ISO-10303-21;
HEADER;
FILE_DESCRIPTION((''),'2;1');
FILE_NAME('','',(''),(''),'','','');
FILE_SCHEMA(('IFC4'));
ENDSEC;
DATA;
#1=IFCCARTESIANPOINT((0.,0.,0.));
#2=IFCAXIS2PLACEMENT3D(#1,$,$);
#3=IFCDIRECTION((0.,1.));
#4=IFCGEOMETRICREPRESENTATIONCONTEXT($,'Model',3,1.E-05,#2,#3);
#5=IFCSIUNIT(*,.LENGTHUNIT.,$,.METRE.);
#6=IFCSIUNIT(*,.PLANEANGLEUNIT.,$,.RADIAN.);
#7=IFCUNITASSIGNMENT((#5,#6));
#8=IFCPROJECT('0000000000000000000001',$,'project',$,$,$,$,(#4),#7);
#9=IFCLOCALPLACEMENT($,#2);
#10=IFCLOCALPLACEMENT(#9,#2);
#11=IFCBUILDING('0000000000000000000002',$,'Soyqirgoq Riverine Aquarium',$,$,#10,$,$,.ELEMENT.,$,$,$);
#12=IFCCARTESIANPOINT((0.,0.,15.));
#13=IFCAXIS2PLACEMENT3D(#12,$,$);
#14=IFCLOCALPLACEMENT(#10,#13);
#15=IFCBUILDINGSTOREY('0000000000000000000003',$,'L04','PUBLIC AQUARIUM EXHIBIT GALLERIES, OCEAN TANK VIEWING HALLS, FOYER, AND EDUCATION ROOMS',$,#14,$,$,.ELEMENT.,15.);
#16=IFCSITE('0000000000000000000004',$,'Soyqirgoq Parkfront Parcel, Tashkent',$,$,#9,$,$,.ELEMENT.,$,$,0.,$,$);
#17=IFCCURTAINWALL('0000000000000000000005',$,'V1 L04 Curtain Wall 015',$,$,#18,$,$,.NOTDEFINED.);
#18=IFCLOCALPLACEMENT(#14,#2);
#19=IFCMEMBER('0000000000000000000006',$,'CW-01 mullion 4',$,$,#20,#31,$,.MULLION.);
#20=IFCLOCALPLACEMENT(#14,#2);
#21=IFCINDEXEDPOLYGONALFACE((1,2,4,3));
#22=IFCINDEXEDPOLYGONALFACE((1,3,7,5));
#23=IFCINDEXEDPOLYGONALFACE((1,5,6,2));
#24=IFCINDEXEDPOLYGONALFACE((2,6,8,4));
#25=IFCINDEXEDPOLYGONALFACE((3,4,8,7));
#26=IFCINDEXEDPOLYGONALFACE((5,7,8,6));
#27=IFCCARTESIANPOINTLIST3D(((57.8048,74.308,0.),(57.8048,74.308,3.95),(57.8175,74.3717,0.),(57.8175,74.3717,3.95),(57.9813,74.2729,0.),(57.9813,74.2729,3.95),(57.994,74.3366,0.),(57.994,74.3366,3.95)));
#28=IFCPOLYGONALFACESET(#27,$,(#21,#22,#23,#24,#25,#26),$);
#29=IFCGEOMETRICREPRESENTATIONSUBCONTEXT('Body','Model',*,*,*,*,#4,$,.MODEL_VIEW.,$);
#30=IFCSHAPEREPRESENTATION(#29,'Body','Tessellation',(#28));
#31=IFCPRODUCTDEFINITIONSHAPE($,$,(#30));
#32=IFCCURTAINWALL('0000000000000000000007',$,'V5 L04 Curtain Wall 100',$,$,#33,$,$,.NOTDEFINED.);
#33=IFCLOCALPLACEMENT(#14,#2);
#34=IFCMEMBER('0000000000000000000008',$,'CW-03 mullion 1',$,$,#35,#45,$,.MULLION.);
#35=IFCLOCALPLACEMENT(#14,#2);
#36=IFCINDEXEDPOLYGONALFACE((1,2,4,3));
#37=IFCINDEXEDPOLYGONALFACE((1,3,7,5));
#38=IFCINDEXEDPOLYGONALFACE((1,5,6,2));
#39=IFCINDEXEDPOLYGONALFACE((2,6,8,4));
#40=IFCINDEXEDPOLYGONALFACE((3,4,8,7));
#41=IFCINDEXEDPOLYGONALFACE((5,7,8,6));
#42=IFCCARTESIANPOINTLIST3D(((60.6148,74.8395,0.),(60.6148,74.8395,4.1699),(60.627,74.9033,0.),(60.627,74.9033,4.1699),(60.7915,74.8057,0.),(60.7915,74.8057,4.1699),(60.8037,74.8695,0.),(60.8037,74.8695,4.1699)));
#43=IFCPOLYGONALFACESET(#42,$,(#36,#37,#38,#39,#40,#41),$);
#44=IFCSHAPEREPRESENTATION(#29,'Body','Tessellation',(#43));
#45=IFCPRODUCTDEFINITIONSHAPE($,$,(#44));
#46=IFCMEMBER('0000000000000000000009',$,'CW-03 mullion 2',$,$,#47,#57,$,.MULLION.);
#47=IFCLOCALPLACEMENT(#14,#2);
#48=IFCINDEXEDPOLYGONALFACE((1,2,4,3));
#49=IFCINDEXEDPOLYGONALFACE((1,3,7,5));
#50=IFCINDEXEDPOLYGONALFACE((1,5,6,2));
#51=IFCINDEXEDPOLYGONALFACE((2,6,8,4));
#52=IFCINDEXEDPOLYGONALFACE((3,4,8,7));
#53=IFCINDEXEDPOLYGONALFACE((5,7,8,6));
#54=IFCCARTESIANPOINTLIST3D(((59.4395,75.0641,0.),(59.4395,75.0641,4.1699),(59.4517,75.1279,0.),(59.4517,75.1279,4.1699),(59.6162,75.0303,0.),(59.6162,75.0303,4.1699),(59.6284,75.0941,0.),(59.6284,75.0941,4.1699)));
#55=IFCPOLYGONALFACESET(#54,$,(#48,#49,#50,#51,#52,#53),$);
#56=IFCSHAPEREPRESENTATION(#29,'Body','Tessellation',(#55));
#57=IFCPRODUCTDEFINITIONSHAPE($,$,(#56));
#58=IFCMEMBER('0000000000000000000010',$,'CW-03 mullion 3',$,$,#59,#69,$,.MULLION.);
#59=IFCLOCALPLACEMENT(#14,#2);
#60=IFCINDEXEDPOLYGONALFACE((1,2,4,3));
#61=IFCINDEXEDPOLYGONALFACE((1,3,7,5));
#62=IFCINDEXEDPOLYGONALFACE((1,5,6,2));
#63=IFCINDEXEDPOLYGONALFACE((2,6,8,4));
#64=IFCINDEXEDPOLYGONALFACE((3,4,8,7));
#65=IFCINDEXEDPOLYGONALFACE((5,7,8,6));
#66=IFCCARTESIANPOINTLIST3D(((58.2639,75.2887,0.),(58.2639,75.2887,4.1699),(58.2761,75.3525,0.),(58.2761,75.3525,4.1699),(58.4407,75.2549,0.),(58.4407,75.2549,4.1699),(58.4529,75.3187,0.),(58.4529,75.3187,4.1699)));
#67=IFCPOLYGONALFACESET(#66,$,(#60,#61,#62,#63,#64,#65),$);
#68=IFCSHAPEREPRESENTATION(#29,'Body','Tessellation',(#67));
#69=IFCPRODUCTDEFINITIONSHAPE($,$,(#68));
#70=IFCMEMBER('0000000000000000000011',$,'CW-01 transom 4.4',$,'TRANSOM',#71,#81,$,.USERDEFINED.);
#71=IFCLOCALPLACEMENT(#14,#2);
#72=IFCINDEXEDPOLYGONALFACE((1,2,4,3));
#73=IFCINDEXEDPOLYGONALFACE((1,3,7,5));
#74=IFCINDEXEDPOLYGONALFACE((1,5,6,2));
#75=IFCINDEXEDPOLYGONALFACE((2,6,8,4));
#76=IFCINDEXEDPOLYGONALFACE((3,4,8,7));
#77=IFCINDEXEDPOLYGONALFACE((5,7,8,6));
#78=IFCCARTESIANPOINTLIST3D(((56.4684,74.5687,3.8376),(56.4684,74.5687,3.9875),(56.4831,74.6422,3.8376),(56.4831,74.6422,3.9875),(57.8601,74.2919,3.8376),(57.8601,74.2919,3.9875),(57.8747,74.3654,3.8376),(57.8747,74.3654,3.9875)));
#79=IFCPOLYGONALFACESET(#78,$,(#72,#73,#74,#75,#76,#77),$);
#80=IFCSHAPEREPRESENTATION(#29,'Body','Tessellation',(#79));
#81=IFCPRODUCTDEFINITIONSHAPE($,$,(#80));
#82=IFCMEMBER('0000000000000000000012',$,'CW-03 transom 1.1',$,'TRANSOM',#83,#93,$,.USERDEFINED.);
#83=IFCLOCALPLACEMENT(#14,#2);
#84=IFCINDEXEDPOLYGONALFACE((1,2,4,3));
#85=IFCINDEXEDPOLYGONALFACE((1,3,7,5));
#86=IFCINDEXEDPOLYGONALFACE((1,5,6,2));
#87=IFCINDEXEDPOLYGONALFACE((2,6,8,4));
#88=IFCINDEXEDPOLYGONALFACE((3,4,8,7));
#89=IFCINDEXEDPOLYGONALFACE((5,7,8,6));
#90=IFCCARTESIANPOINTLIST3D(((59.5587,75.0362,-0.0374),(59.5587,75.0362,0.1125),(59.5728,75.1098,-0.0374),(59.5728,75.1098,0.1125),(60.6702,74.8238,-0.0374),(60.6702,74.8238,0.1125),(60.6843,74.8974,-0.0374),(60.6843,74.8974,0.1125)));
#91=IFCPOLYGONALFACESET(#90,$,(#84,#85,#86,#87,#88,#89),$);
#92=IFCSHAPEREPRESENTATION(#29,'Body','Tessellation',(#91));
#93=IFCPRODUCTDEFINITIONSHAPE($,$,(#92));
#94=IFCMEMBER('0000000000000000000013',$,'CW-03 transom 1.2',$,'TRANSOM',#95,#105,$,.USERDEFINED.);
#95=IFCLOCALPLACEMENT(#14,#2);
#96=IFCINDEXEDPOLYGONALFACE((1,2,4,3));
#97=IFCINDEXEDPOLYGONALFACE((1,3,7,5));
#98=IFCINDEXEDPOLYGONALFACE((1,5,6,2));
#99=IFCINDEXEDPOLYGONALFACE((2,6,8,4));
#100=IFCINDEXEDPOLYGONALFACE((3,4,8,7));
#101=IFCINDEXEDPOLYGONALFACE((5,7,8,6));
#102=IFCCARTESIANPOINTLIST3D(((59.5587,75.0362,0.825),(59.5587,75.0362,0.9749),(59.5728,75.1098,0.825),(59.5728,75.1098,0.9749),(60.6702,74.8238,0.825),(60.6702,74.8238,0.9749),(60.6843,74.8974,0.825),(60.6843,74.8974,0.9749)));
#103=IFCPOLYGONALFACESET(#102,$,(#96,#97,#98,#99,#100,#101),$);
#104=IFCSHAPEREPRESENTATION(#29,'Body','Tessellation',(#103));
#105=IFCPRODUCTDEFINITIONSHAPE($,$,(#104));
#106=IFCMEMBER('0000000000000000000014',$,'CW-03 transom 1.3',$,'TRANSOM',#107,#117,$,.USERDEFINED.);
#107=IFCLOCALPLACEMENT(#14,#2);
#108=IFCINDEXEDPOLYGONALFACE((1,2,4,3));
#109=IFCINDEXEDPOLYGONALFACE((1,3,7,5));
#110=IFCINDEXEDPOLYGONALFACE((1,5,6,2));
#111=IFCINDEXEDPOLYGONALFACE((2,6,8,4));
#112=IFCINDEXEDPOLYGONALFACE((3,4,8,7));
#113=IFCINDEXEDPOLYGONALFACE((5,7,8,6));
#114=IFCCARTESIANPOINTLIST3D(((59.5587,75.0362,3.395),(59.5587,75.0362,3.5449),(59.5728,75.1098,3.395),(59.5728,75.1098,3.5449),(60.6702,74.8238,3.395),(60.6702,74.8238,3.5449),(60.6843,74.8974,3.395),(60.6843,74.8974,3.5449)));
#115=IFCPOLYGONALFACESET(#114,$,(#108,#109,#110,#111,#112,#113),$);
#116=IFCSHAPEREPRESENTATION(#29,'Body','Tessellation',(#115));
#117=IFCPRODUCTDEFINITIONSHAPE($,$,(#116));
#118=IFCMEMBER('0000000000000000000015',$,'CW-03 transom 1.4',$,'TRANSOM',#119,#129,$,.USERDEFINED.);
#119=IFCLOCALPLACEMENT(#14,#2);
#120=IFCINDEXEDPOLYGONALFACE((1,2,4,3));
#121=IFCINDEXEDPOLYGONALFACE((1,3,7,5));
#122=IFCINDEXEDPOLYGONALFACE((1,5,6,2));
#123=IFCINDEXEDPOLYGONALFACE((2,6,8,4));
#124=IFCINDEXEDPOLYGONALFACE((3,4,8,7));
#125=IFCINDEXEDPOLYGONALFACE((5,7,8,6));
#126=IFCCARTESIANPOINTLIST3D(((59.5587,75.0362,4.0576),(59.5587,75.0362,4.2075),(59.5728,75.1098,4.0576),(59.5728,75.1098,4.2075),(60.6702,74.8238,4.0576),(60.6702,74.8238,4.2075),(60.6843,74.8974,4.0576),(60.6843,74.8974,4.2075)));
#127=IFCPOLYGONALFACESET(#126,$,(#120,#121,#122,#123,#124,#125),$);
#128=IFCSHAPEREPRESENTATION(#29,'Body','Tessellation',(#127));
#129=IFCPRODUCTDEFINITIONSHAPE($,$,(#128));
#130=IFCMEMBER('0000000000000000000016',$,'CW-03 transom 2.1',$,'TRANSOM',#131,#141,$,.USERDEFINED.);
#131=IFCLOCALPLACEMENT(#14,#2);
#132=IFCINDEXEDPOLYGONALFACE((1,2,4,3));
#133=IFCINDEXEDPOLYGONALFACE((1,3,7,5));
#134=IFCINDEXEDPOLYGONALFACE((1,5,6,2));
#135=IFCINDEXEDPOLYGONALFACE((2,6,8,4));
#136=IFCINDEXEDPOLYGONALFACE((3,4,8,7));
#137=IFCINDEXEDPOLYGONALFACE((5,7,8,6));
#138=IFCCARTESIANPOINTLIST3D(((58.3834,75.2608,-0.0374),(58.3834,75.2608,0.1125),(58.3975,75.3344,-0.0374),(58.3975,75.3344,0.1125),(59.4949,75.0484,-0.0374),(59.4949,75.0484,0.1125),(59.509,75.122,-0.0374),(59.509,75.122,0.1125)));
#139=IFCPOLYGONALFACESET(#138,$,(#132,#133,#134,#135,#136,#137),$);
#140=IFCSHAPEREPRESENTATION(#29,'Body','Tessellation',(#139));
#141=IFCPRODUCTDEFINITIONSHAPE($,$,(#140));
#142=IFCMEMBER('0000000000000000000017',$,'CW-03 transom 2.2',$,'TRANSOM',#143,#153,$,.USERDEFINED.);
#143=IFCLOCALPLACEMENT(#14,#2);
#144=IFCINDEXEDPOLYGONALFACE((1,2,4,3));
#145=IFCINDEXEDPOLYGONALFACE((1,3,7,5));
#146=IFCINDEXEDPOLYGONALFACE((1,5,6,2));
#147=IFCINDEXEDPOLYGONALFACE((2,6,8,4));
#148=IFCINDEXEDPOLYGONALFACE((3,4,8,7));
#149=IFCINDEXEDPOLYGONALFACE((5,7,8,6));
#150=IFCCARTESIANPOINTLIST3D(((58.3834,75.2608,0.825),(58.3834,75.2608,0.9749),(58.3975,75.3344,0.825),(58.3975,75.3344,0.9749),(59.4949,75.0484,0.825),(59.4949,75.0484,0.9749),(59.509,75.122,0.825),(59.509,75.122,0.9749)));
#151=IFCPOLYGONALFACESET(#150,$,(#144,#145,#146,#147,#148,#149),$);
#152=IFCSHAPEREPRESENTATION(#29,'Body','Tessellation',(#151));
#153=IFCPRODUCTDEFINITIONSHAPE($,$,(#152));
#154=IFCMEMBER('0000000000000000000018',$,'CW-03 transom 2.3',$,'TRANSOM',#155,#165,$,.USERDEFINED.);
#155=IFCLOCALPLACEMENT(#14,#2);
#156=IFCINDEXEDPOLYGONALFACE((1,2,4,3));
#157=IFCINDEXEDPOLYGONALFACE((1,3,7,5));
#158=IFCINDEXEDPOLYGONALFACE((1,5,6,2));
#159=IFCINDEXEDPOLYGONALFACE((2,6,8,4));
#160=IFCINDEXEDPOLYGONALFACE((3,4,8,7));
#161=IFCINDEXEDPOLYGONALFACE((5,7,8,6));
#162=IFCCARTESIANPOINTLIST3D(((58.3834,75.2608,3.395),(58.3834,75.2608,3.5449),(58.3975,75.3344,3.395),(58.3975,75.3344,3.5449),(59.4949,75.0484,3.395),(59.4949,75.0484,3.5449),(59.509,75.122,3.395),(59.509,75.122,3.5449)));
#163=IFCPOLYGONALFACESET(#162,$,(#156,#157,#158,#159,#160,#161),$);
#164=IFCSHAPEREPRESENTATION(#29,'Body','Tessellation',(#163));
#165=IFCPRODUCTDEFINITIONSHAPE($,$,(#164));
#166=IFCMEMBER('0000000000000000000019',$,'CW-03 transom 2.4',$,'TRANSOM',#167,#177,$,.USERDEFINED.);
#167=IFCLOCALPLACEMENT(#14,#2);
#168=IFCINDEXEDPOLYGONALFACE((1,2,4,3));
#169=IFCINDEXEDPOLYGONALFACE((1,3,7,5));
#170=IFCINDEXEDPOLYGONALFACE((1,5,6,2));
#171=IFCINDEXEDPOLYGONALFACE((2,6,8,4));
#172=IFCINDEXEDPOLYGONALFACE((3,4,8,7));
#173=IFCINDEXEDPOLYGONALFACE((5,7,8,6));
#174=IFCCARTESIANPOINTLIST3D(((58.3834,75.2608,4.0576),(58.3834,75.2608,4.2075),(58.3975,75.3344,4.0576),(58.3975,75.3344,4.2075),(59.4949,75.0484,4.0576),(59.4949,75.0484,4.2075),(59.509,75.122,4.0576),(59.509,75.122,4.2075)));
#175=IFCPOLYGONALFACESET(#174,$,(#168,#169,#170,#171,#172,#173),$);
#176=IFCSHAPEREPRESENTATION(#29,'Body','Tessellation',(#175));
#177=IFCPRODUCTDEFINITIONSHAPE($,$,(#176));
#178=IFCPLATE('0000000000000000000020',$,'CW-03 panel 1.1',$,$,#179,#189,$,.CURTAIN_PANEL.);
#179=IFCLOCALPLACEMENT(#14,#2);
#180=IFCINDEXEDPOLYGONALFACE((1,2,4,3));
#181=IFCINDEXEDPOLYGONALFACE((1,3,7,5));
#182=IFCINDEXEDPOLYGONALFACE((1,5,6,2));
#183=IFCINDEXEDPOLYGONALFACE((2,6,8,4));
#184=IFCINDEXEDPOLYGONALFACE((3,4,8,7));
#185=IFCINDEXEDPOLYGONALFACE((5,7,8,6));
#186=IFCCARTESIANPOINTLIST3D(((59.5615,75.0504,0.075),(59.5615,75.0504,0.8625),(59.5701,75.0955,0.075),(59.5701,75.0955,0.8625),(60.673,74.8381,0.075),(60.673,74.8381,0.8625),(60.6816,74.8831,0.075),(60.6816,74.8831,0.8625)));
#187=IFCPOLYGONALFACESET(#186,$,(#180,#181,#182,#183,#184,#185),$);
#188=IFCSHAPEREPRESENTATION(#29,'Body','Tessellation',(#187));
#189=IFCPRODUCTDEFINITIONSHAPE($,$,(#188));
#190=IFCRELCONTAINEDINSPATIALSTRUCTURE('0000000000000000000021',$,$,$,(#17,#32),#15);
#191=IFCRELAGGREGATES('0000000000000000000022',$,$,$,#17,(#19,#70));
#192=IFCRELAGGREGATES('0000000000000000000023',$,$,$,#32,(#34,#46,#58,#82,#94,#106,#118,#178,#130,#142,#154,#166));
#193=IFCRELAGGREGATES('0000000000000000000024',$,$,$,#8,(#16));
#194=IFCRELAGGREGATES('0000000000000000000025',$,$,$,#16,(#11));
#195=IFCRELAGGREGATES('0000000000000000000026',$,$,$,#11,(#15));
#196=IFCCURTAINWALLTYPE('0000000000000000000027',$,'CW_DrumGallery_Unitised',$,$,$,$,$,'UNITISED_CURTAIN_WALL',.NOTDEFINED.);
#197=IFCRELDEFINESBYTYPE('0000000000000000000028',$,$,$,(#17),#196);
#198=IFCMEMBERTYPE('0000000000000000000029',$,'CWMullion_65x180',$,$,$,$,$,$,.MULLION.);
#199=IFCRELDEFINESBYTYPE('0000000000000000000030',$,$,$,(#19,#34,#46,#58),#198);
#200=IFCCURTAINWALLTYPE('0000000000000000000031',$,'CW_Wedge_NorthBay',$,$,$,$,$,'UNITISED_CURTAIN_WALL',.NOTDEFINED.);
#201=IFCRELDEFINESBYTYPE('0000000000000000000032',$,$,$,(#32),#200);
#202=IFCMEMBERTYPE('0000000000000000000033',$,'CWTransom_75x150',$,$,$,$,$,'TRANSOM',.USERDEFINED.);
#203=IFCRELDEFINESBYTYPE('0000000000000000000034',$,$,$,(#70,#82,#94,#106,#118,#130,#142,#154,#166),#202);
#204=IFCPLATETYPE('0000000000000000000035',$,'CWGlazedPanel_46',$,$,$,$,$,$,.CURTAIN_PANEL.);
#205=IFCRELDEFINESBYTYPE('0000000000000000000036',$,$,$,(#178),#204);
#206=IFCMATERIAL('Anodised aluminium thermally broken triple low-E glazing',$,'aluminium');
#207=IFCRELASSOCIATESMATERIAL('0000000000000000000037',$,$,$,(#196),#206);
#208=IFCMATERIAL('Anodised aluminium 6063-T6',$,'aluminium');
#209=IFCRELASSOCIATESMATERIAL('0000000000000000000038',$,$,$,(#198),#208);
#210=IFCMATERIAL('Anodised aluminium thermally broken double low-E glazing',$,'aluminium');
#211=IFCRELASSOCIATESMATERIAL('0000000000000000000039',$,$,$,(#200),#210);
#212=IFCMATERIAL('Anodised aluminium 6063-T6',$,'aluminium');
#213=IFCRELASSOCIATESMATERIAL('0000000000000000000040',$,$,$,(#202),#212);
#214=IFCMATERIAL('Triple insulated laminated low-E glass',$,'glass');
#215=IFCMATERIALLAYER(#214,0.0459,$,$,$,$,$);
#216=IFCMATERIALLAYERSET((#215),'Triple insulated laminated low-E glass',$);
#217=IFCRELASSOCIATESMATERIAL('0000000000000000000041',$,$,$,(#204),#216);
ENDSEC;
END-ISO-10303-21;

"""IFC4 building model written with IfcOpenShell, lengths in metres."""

from ifc_helpers import new_model, si_unit, direction, frame, origin, origin_2d, place, context, subcontext, project, spatial, rectangle, extrude, material, layer, layer_set, material_profile, profile_set, type_object, element, aggregate, save


model = new_model("IFC4")

# Units and contexts
model_context = context("Model", 3, precision=1e-05, world=origin(), true_north=direction((0.0, 1.0)))
body_context = subcontext(model_context, "Body", "Model", "MODEL_VIEW")
ifc_project = project(units=[si_unit("LENGTHUNIT", "METRE"), si_unit("PLANEANGLEUNIT", "RADIAN")], contexts=[model_context])

# Site, building, storey
site_placement = place(None, origin())
site = spatial("IfcSite", under=ifc_project, at=site_placement, Name="Soyqirgoq Parkfront Parcel, Tashkent", CompositionType="ELEMENT", RefElevation=0.0)
building_placement = place(site_placement, origin())
building = spatial("IfcBuilding", under=site, at=building_placement, Name="Soyqirgoq Riverine Aquarium", CompositionType="ELEMENT")
storey_placement = place(building_placement, frame((0.0, 0.0, 15.0)))
storey = spatial("IfcBuildingStorey", under=building, at=storey_placement, Name="L04", Description="PUBLIC AQUARIUM EXHIBIT GALLERIES, OCEAN TANK VIEWING HALLS, FOYER, AND EDUCATION ROOMS", CompositionType="ELEMENT", Elevation=15.0)

# Curtain wall, member
ifc_material_1 = material(Name="Anodised aluminium thermally broken triple low-E glazing", Category="aluminium")
curtain_wall_type_1 = type_object("IfcCurtainWallType", Name="CW_DrumGallery_Unitised", ElementType="UNITISED_CURTAIN_WALL", PredefinedType="NOTDEFINED", material=ifc_material_1)
curtain_wall_1_placement = place(storey_placement, origin())
curtain_wall_1 = element("IfcCurtainWall", 1, at=curtain_wall_1_placement, inside=storey, type_object=curtain_wall_type_1, Name="V1 L04 Curtain Wall 015", PredefinedType="NOTDEFINED")
ifc_material_2 = material(Name="Anodised aluminium 6063-T6", Category="aluminium")
ifc_material_profile_1 = material_profile(ifc_material_2, rectangle(XDim=0.0649, YDim=0.1799, at=origin_2d()), Name="ALU-M 65x180")
ifc_profile_set_1 = profile_set([ifc_material_profile_1], Name="Anodised aluminium 6063-T6")
member_type_1 = type_object("IfcMemberType", Name="CWMullion_65x180", PredefinedType="MULLION", material=ifc_profile_set_1)
member_1_placement = place(storey_placement, frame((57.8994, 74.3223, 0.0), z_axis=(0.0, 0.0, 1.0), x_axis=(-0.195102, -0.980783, 0.0)))
member_1 = element("IfcMember", 2, at=member_1_placement, type_object=member_type_1, Name="CW-01 mullion 4", PredefinedType="MULLION", context=body_context, shape_type="SweptSolid", body=[
    extrude(rectangle(XDim=0.0649, YDim=0.1799, at=origin_2d()), origin(), (0.0, 0.0, 1.0), 3.95),
])

# Curtain wall, members
ifc_material_3 = material(Name="Anodised aluminium thermally broken double low-E glazing", Category="aluminium")
curtain_wall_type_2 = type_object("IfcCurtainWallType", Name="CW_Wedge_NorthBay", ElementType="UNITISED_CURTAIN_WALL", PredefinedType="NOTDEFINED", material=ifc_material_3)
curtain_wall_2_placement = place(storey_placement, origin())
curtain_wall_2 = element("IfcCurtainWall", 3, at=curtain_wall_2_placement, inside=storey, type_object=curtain_wall_type_2, Name="V5 L04 Curtain Wall 100", PredefinedType="NOTDEFINED")
member_2_placement = place(storey_placement, frame((60.7092, 74.8545, 0.0), z_axis=(0.0, 0.0, 1.0), x_axis=(-0.187684, -0.982229, 0.0)))
member_2 = element("IfcMember", 4, at=member_2_placement, type_object=member_type_1, Name="CW-03 mullion 1", PredefinedType="MULLION", context=body_context, shape_type="SweptSolid", body=[
    extrude(rectangle(XDim=0.0649, YDim=0.1799, at=origin_2d()), origin(), (0.0, 0.0, 1.0), 4.1699),
])
member_3_placement = place(storey_placement, frame((59.5339, 75.0791, 0.0), z_axis=(0.0, 0.0, 1.0), x_axis=(-0.187684, -0.982229, 0.0)))
member_3 = element("IfcMember", 5, at=member_3_placement, type_object=member_type_1, Name="CW-03 mullion 2", PredefinedType="MULLION", context=body_context, shape_type="SweptSolid", body=[
    extrude(rectangle(XDim=0.0649, YDim=0.1799, at=origin_2d()), origin(), (0.0, 0.0, 1.0), 4.1699),
])
member_4_placement = place(storey_placement, frame((58.3584, 75.3037, 0.0), z_axis=(0.0, 0.0, 1.0), x_axis=(-0.187684, -0.982229, 0.0)))
member_4 = element("IfcMember", 6, at=member_4_placement, type_object=member_type_1, Name="CW-03 mullion 3", PredefinedType="MULLION", context=body_context, shape_type="SweptSolid", body=[
    extrude(rectangle(XDim=0.0649, YDim=0.1799, at=origin_2d()), origin(), (0.0, 0.0, 1.0), 4.1699),
])

# Members
ifc_material_4 = material(Name="Anodised aluminium 6063-T6", Category="aluminium")
ifc_material_profile_2 = material_profile(ifc_material_4, rectangle(XDim=0.075, YDim=0.1499, at=origin_2d()), Name="ALU-T 75x150")
ifc_profile_set_2 = profile_set([ifc_material_profile_2], Name="Anodised aluminium 6063-T6")
member_type_2 = type_object("IfcMemberType", Name="CWTransom_75x150", ElementType="TRANSOM", PredefinedType="USERDEFINED", material=ifc_profile_set_2)
member_5_placement = place(storey_placement, frame((57.8674, 74.3286, 3.9126), z_axis=(-0.980779, 0.195123, 0.0), x_axis=(-0.195123, -0.980779, 0.0)))
member_5 = element("IfcMember", 7, at=member_5_placement, type_object=member_type_2, Name="CW-01 transom 4.4", ObjectType="TRANSOM", PredefinedType="USERDEFINED", context=body_context, shape_type="SweptSolid", body=[
    extrude(rectangle(XDim=0.075, YDim=0.1499, at=origin_2d()), origin(), (0.0, 0.0, 1.0), 1.4189),
])
aggregate(curtain_wall_1, [member_1, member_5])
member_6_placement = place(storey_placement, frame((60.6772, 74.8606, 0.0376), z_axis=(-0.982229, 0.187687, 0.0), x_axis=(-0.187687, -0.982229, 0.0)))
member_6 = element("IfcMember", 8, at=member_6_placement, type_object=member_type_2, Name="CW-03 transom 1.1", ObjectType="TRANSOM", PredefinedType="USERDEFINED", context=body_context, shape_type="SweptSolid", body=[
    extrude(rectangle(XDim=0.075, YDim=0.1499, at=origin_2d()), origin(), (0.0, 0.0, 1.0), 1.1316),
])
member_7_placement = place(storey_placement, frame((60.6772, 74.8606, 0.8999), z_axis=(-0.982229, 0.187687, 0.0), x_axis=(-0.187687, -0.982229, 0.0)))
member_7 = element("IfcMember", 9, at=member_7_placement, type_object=member_type_2, Name="CW-03 transom 1.2", ObjectType="TRANSOM", PredefinedType="USERDEFINED", context=body_context, shape_type="SweptSolid", body=[
    extrude(rectangle(XDim=0.075, YDim=0.1499, at=origin_2d()), origin(), (0.0, 0.0, 1.0), 1.1316),
])
member_8_placement = place(storey_placement, frame((60.6772, 74.8606, 3.47), z_axis=(-0.982229, 0.187687, 0.0), x_axis=(-0.187687, -0.982229, 0.0)))
member_8 = element("IfcMember", 10, at=member_8_placement, type_object=member_type_2, Name="CW-03 transom 1.3", ObjectType="TRANSOM", PredefinedType="USERDEFINED", context=body_context, shape_type="SweptSolid", body=[
    extrude(rectangle(XDim=0.075, YDim=0.1499, at=origin_2d()), origin(), (0.0, 0.0, 1.0), 1.1316),
])
member_9_placement = place(storey_placement, frame((60.6772, 74.8606, 4.1326), z_axis=(-0.982229, 0.187687, 0.0), x_axis=(-0.187687, -0.982229, 0.0)))
member_9 = element("IfcMember", 11, at=member_9_placement, type_object=member_type_2, Name="CW-03 transom 1.4", ObjectType="TRANSOM", PredefinedType="USERDEFINED", context=body_context, shape_type="SweptSolid", body=[
    extrude(rectangle(XDim=0.075, YDim=0.1499, at=origin_2d()), origin(), (0.0, 0.0, 1.0), 1.1316),
])
member_10_placement = place(storey_placement, frame((59.502, 75.0852, 0.0376), z_axis=(-0.982229, 0.187687, 0.0), x_axis=(-0.187687, -0.982229, 0.0)))
member_10 = element("IfcMember", 12, at=member_10_placement, type_object=member_type_2, Name="CW-03 transom 2.1", ObjectType="TRANSOM", PredefinedType="USERDEFINED", context=body_context, shape_type="SweptSolid", body=[
    extrude(rectangle(XDim=0.075, YDim=0.1499, at=origin_2d()), origin(), (0.0, 0.0, 1.0), 1.1316),
])
member_11_placement = place(storey_placement, frame((59.502, 75.0852, 0.8999), z_axis=(-0.982229, 0.187687, 0.0), x_axis=(-0.187687, -0.982229, 0.0)))
member_11 = element("IfcMember", 13, at=member_11_placement, type_object=member_type_2, Name="CW-03 transom 2.2", ObjectType="TRANSOM", PredefinedType="USERDEFINED", context=body_context, shape_type="SweptSolid", body=[
    extrude(rectangle(XDim=0.075, YDim=0.1499, at=origin_2d()), origin(), (0.0, 0.0, 1.0), 1.1316),
])
member_12_placement = place(storey_placement, frame((59.502, 75.0852, 3.47), z_axis=(-0.982229, 0.187687, 0.0), x_axis=(-0.187687, -0.982229, 0.0)))
member_12 = element("IfcMember", 14, at=member_12_placement, type_object=member_type_2, Name="CW-03 transom 2.3", ObjectType="TRANSOM", PredefinedType="USERDEFINED", context=body_context, shape_type="SweptSolid", body=[
    extrude(rectangle(XDim=0.075, YDim=0.1499, at=origin_2d()), origin(), (0.0, 0.0, 1.0), 1.1316),
])
member_13_placement = place(storey_placement, frame((59.502, 75.0852, 4.1326), z_axis=(-0.982229, 0.187687, 0.0), x_axis=(-0.187687, -0.982229, 0.0)))
member_13 = element("IfcMember", 15, at=member_13_placement, type_object=member_type_2, Name="CW-03 transom 2.4", ObjectType="TRANSOM", PredefinedType="USERDEFINED", context=body_context, shape_type="SweptSolid", body=[
    extrude(rectangle(XDim=0.075, YDim=0.1499, at=origin_2d()), origin(), (0.0, 0.0, 1.0), 1.1316),
])

# Plate
ifc_material_5 = material(Name="Triple insulated laminated low-E glass", Category="glass")
ifc_layer_1 = layer(ifc_material_5, 0.0459)
ifc_layer_set_1 = layer_set([ifc_layer_1], Name="Triple insulated laminated low-E glass")
plate_type = type_object("IfcPlateType", Name="CWGlazedPanel_46", PredefinedType="CURTAIN_PANEL", material=ifc_layer_set_1)
plate_1_placement = place(storey_placement, frame((60.1216, 74.9668, 0.075), z_axis=(0.0, 0.0, 1.0), x_axis=(-0.982229, 0.187684, 0.0)))
plate_1 = element("IfcPlate", 16, at=plate_1_placement, type_object=plate_type, Name="CW-03 panel 1.1", PredefinedType="CURTAIN_PANEL", context=body_context, shape_type="SweptSolid", body=[
    extrude(rectangle(XDim=1.1316, YDim=0.0459, at=origin_2d()), origin(), (0.0, 0.0, 1.0), 0.7876),
])
aggregate(curtain_wall_2, [member_2, member_3, member_4, member_6, member_7, member_8, member_9, plate_1, member_10, member_11, member_12, member_13])

save(model, "model.ifc")
